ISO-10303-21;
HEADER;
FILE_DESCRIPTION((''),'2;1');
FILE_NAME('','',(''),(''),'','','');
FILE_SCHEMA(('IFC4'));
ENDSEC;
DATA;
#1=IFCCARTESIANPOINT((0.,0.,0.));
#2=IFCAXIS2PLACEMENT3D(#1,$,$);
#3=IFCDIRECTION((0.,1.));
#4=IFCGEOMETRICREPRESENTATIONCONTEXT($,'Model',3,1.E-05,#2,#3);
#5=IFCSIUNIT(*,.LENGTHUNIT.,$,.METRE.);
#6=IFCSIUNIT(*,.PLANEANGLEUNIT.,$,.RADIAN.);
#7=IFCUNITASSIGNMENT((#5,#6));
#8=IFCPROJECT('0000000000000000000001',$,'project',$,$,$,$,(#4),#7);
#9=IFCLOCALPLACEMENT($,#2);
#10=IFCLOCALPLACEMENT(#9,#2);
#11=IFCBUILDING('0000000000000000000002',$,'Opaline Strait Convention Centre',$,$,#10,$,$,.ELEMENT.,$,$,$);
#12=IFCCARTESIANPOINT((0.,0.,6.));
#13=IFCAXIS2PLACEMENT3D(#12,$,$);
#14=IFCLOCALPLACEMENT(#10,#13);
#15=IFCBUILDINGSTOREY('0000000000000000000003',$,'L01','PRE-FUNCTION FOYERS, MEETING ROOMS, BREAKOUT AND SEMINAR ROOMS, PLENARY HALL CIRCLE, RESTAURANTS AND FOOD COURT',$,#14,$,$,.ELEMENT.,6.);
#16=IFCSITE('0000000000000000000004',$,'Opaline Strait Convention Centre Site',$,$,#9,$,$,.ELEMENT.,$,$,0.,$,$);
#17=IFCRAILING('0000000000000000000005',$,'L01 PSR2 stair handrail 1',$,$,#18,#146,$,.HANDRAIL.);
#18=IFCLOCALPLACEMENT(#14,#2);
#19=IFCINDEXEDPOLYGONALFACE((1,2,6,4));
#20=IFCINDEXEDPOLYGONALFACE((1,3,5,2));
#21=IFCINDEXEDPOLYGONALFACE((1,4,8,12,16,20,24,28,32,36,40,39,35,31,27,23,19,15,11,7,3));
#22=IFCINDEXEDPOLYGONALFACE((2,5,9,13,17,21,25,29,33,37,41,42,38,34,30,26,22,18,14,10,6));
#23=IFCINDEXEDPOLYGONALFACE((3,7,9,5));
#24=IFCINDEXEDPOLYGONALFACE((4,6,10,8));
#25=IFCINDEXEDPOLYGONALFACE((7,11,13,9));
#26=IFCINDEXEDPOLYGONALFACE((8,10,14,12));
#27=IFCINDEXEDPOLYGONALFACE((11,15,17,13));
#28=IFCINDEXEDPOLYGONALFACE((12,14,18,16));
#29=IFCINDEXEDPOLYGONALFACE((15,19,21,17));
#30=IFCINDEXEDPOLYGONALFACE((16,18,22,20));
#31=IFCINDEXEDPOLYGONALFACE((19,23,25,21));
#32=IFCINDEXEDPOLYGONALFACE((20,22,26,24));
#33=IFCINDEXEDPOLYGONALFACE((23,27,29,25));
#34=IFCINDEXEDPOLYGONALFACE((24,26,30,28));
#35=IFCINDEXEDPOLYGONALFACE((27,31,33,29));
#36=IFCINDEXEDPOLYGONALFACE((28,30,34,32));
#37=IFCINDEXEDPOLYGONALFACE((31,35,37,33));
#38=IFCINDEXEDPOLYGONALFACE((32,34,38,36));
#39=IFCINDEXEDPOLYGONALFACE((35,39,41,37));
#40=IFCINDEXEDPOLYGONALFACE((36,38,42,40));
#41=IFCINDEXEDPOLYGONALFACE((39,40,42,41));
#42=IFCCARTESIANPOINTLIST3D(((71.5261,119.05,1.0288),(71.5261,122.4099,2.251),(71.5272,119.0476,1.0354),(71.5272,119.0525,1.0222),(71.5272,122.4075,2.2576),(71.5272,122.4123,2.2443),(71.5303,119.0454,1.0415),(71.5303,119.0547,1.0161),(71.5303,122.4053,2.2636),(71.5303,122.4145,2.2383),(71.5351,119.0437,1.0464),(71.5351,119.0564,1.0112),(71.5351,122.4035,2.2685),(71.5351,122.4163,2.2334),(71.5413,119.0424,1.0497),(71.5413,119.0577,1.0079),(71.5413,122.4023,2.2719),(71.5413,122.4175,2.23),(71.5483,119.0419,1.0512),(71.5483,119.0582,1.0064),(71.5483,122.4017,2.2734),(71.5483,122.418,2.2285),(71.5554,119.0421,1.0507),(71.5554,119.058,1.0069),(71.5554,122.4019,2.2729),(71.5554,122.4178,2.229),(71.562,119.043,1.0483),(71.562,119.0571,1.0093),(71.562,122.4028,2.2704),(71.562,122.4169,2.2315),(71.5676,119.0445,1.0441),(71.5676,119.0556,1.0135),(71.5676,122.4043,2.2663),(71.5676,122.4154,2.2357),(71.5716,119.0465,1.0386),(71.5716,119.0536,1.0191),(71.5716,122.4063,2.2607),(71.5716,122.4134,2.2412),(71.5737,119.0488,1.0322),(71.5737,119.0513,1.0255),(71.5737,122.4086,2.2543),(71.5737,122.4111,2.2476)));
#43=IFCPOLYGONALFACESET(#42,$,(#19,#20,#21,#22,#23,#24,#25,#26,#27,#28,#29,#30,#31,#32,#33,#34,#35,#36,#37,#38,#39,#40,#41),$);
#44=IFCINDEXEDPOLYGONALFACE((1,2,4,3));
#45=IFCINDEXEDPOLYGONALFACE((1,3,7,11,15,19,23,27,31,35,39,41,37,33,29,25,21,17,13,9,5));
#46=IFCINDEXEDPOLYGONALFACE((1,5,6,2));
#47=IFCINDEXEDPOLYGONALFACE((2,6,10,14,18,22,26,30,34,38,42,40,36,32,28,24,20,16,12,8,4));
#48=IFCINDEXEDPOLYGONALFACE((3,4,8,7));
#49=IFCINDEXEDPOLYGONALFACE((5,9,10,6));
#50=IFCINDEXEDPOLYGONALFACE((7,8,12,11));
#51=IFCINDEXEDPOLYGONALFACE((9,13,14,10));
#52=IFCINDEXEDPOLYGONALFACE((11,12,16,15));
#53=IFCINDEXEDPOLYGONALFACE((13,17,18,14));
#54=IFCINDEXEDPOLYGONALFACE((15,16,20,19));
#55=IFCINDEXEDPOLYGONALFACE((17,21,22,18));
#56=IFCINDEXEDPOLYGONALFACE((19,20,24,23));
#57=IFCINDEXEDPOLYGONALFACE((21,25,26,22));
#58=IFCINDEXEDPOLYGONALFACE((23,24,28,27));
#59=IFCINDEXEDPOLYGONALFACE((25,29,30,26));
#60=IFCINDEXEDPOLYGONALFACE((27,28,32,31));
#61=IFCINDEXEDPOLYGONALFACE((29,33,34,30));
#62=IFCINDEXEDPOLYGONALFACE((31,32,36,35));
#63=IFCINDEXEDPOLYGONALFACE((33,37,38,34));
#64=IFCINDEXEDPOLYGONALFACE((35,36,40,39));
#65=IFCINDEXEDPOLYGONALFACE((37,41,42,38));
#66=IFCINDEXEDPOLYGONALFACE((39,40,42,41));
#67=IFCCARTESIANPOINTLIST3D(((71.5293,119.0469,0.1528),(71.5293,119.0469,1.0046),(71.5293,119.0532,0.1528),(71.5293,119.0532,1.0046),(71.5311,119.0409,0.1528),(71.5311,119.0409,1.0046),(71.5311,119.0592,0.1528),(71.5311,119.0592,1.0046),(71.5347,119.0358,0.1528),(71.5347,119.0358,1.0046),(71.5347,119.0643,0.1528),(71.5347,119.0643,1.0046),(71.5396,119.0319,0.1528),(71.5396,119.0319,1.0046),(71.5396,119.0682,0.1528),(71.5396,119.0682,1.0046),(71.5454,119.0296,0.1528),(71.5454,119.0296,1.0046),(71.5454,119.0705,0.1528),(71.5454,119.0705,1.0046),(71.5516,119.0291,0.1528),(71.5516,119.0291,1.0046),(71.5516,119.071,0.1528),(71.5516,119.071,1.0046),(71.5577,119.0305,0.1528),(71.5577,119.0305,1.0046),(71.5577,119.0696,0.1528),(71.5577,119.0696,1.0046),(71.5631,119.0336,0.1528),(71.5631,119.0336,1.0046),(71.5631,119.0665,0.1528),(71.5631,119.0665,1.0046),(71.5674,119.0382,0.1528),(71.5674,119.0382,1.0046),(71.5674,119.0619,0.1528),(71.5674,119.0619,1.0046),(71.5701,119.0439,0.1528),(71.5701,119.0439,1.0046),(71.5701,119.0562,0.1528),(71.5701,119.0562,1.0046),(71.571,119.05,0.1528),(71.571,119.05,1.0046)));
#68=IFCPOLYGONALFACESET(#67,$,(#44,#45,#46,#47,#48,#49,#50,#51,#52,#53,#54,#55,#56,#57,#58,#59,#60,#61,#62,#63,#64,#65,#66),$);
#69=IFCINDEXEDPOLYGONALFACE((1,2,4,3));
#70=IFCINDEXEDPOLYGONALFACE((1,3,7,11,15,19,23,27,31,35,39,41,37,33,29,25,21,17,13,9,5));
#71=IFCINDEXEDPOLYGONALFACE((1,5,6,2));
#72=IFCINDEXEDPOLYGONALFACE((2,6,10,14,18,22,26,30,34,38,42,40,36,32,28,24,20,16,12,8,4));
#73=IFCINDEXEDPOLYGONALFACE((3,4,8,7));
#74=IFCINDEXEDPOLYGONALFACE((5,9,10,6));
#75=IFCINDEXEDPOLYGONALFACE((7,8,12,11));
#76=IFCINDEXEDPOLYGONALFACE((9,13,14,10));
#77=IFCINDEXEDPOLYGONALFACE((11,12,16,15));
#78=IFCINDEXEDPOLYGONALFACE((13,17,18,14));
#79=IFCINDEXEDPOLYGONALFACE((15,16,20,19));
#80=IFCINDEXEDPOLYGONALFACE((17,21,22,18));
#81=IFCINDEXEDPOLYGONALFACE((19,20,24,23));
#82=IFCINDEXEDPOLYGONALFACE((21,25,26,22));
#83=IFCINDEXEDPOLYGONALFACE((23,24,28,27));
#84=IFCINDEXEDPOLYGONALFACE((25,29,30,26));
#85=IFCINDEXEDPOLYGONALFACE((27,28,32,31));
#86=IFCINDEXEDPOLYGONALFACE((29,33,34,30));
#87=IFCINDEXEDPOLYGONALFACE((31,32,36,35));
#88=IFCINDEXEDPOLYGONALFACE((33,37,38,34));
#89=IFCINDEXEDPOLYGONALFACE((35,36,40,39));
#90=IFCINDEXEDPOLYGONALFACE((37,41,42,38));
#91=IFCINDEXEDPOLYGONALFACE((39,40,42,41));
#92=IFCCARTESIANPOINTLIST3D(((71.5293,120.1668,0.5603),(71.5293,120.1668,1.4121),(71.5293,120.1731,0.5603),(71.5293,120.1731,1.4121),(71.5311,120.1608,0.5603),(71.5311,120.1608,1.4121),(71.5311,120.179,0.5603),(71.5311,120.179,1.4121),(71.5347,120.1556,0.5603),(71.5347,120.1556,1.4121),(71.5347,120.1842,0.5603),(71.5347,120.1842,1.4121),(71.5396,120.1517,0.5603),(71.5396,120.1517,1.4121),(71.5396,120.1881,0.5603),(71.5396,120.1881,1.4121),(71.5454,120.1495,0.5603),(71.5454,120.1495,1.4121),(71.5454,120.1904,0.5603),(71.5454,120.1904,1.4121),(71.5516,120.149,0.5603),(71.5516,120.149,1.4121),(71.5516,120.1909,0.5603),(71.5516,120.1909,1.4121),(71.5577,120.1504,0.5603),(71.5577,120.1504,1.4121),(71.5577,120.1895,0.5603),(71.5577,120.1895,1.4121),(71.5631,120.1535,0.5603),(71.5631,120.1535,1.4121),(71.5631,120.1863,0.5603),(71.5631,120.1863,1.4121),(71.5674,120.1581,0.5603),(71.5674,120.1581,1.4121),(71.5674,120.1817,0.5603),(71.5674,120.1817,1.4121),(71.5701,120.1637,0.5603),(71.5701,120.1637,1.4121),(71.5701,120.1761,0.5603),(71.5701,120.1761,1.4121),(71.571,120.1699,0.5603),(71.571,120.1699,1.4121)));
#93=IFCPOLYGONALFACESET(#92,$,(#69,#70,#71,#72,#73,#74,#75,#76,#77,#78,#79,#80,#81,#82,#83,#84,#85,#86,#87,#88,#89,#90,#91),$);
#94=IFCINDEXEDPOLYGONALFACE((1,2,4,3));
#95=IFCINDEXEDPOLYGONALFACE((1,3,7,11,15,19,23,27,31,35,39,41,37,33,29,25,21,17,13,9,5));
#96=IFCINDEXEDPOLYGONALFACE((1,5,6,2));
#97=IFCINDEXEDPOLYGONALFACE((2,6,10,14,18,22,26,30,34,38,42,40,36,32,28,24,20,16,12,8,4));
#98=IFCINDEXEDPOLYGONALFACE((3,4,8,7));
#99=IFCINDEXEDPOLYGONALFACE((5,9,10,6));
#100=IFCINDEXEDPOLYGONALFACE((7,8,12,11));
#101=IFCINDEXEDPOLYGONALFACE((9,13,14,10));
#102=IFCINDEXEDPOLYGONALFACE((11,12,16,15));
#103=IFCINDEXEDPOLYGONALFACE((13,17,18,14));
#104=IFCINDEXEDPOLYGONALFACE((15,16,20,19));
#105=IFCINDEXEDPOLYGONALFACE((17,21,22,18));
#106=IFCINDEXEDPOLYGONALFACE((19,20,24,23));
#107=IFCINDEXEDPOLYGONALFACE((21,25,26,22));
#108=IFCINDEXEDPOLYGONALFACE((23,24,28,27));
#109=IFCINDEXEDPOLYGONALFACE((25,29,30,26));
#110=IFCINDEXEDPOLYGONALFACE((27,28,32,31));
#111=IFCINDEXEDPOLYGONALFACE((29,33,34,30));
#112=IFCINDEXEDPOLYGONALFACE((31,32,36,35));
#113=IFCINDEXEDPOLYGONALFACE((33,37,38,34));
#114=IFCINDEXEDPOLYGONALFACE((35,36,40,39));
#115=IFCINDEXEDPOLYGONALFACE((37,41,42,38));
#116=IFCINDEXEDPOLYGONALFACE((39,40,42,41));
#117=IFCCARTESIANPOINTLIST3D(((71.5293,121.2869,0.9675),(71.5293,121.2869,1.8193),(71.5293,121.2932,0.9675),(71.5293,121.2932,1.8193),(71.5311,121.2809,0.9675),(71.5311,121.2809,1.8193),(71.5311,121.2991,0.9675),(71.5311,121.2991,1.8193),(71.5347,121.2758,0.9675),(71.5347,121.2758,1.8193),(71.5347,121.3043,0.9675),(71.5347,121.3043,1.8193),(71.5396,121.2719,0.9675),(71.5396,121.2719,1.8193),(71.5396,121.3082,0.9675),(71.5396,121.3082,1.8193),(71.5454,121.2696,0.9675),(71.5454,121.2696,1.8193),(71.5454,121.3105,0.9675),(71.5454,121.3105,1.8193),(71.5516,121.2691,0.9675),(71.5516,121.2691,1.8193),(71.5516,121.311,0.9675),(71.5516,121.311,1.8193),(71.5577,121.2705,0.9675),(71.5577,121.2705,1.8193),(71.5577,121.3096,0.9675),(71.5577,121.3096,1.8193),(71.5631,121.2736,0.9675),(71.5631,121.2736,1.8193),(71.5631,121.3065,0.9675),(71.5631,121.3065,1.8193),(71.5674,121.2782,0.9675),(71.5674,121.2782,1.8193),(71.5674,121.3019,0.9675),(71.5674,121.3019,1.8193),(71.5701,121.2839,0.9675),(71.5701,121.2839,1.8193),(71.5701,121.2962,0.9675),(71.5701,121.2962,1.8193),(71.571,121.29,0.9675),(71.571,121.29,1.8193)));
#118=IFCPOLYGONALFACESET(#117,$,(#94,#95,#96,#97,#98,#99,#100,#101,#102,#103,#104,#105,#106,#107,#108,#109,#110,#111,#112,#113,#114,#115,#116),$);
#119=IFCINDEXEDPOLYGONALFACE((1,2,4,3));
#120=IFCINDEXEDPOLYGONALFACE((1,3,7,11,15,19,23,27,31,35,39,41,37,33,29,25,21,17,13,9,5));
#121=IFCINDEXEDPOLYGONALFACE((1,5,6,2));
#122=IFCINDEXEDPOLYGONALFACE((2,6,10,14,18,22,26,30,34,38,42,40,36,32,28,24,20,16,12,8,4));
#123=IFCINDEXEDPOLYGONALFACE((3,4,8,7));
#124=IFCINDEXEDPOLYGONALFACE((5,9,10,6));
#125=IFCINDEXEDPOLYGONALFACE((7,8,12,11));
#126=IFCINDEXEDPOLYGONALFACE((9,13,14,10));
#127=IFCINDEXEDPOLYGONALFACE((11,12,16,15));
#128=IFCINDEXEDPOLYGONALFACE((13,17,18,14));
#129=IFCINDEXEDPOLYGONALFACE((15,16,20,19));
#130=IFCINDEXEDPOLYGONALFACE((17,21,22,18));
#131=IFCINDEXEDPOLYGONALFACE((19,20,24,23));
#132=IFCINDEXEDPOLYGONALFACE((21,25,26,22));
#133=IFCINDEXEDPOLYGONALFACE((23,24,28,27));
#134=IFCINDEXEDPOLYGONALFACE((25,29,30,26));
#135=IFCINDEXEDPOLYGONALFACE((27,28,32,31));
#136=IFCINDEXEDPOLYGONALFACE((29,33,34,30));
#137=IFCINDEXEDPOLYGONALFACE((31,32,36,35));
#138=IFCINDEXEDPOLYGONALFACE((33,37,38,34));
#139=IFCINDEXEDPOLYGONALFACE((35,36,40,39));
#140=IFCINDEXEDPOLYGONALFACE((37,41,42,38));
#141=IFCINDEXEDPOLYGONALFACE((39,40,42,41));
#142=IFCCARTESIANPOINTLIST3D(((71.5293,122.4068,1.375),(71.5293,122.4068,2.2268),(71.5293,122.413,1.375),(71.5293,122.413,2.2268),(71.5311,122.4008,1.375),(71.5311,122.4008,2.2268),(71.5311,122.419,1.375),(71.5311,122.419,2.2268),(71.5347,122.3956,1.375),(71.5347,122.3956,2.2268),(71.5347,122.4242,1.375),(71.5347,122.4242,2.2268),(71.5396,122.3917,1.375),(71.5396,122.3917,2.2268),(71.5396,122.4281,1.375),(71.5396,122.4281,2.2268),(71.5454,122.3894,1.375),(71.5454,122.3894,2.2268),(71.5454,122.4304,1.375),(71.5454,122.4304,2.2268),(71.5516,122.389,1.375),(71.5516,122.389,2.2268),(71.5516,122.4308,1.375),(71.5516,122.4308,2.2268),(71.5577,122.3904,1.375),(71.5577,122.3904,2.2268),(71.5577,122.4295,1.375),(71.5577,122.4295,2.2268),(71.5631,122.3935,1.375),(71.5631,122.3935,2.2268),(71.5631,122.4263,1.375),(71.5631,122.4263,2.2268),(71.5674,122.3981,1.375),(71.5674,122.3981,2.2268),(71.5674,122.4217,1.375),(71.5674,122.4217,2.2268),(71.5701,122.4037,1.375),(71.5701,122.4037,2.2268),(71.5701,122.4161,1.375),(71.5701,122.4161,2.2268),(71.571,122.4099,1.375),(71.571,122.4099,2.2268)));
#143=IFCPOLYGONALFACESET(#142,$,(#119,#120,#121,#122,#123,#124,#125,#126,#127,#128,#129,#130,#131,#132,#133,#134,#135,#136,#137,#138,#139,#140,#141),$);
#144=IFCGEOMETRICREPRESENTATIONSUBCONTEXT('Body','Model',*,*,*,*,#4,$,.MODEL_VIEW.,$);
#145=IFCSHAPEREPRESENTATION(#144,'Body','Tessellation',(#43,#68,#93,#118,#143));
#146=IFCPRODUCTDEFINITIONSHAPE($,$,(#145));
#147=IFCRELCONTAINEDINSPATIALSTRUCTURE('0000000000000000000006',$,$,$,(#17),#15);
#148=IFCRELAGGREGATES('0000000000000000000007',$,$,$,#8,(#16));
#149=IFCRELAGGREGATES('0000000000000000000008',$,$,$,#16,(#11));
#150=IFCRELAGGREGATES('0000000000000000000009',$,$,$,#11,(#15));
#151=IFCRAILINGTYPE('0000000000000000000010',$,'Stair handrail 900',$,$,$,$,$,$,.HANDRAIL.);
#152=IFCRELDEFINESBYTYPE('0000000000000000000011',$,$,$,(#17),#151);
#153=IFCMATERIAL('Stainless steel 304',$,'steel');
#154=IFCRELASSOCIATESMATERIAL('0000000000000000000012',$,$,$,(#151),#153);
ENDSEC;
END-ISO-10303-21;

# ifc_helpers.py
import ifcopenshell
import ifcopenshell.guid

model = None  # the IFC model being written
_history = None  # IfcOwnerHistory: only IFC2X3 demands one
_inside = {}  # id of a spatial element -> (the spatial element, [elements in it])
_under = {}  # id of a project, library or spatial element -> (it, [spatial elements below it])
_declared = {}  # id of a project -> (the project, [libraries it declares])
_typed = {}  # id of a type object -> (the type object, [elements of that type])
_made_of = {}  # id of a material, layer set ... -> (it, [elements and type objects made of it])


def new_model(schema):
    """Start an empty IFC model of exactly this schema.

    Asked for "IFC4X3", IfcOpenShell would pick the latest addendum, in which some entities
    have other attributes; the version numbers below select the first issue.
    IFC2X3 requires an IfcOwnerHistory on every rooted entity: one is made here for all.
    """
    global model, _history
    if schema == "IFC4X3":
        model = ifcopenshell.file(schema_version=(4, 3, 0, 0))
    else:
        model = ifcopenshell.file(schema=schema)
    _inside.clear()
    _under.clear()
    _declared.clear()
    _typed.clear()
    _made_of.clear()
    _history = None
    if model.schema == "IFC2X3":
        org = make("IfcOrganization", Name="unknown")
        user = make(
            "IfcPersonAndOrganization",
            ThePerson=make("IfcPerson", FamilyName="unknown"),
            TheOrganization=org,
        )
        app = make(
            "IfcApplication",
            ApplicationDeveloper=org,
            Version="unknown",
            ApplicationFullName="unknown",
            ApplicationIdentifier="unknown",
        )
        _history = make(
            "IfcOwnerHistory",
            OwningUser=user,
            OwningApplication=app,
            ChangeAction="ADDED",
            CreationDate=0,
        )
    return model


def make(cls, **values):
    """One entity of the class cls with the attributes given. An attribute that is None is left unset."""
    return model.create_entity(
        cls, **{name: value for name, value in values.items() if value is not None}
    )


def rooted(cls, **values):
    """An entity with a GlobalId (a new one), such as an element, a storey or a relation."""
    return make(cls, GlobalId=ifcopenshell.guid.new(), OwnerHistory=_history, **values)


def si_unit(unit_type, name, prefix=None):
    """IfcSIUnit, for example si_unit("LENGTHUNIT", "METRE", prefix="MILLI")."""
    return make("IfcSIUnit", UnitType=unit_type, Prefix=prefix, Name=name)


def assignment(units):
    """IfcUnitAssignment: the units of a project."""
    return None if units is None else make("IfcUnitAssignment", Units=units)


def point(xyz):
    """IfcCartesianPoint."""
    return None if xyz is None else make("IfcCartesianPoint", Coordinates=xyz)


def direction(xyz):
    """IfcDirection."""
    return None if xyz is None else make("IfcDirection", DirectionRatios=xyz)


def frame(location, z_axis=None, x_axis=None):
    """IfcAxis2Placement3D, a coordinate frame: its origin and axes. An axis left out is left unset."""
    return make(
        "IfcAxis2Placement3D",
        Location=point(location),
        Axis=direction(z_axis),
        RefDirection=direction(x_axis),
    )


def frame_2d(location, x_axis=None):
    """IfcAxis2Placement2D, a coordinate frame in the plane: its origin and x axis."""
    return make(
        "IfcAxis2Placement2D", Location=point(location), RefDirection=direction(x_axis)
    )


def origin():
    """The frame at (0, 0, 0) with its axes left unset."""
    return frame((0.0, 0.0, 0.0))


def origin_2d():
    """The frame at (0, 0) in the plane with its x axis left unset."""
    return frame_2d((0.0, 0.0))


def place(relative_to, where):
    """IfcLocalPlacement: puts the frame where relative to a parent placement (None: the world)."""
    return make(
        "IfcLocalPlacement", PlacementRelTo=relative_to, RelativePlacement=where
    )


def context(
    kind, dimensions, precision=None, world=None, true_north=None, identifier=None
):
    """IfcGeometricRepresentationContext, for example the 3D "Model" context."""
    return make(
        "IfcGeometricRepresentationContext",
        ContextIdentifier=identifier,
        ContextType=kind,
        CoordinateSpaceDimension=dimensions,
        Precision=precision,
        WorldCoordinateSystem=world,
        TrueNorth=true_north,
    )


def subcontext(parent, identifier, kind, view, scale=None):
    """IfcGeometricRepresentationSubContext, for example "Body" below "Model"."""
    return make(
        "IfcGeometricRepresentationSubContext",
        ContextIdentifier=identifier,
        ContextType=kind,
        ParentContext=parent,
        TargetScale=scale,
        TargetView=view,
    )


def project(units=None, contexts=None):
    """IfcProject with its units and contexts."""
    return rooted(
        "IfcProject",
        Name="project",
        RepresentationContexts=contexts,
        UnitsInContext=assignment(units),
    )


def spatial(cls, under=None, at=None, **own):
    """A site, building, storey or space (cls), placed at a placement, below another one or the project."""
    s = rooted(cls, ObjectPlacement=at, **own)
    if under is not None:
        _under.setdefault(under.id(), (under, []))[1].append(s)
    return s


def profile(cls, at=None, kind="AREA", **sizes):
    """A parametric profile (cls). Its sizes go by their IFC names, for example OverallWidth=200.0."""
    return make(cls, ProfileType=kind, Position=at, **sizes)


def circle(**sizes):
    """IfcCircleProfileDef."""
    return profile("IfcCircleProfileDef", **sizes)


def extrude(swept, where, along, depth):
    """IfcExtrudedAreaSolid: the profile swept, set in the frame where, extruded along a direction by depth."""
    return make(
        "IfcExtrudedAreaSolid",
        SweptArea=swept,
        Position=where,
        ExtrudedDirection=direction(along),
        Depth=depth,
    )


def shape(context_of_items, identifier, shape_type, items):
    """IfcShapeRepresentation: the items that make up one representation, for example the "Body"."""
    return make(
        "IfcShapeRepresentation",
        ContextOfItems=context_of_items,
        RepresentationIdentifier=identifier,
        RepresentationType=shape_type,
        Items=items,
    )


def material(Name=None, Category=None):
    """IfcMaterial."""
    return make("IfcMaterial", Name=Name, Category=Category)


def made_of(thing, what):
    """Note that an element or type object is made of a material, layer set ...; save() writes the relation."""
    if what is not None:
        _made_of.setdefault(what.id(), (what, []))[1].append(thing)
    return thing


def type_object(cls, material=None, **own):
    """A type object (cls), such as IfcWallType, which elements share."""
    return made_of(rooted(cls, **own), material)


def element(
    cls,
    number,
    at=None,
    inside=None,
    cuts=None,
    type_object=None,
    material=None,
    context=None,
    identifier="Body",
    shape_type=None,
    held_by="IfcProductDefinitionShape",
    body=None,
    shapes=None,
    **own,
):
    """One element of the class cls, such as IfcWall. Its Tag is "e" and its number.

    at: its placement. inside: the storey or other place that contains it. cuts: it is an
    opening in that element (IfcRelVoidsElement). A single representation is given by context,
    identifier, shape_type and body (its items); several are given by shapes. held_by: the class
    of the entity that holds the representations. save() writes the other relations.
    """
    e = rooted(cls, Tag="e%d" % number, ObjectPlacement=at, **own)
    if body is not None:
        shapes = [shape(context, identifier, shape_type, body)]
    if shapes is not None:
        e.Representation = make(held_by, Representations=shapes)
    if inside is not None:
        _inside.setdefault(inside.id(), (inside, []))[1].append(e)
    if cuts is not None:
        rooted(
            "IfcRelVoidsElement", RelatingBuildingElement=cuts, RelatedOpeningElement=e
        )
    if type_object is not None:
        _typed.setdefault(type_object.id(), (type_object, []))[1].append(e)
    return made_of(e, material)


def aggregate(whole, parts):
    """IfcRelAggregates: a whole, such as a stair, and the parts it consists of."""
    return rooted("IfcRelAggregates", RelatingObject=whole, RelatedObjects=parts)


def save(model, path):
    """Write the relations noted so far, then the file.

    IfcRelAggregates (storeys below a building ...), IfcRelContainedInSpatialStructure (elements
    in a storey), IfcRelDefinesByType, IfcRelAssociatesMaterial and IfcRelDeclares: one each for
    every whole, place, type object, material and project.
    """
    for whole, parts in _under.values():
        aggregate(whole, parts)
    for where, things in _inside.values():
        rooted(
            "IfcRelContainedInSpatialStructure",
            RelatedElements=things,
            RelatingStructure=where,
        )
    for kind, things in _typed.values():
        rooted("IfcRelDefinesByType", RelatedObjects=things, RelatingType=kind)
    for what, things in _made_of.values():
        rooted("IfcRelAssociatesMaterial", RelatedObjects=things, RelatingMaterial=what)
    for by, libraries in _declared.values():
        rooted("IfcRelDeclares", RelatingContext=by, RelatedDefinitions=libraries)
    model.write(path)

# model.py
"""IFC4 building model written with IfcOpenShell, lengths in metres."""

from ifc_helpers import new_model, si_unit, direction, frame, origin, origin_2d, place, context, subcontext, project, spatial, circle, extrude, material, type_object, element, save


model = new_model("IFC4")

# Units and contexts
model_context = context("Model", 3, precision=1e-05, world=origin(), true_north=direction((0.0, 1.0)))
body_context = subcontext(model_context, "Body", "Model", "MODEL_VIEW")
ifc_project = project(units=[si_unit("LENGTHUNIT", "METRE"), si_unit("PLANEANGLEUNIT", "RADIAN")], contexts=[model_context])

# Site, building, storey
site_placement = place(None, origin())
site = spatial("IfcSite", under=ifc_project, at=site_placement, Name="Opaline Strait Convention Centre Site", CompositionType="ELEMENT", RefElevation=0.0)
building_placement = place(site_placement, origin())
building = spatial("IfcBuilding", under=site, at=building_placement, Name="Opaline Strait Convention Centre", CompositionType="ELEMENT")
storey_placement = place(building_placement, frame((0.0, 0.0, 6.0)))
storey = spatial("IfcBuildingStorey", under=building, at=storey_placement, Name="L01", Description="PRE-FUNCTION FOYERS, MEETING ROOMS, BREAKOUT AND SEMINAR ROOMS, PLENARY HALL CIRCLE, RESTAURANTS AND FOOD COURT", CompositionType="ELEMENT", Elevation=6.0)

# Railing
ifc_material_1 = material(Name="Stainless steel 304", Category="steel")
railing_type_1 = type_object("IfcRailingType", Name="Stair handrail 900", PredefinedType="HANDRAIL", material=ifc_material_1)
for number, where, name in (
    (1, (71.55, 119.05, 0.1528), "L01 PSR2 stair handrail 1"),
):
    element("IfcRailing", number, at=place(storey_placement, frame(where)), inside=storey, type_object=railing_type_1, Name=name, PredefinedType="HANDRAIL", context=body_context, shape_type="SweptSolid", body=[
        extrude(circle(Radius=0.0239, at=origin_2d()), frame((0.0, 0.0, 0.876), z_axis=(0.0, 0.939758, 0.341842), x_axis=(-1.0, 0.0, 0.0)), (0.0, 0.0, 1.0), 3.5752),
        extrude(circle(Radius=0.021, at=origin_2d()), origin(), (0.0, 0.0, 1.0), 0.8518),
        extrude(circle(Radius=0.021, at=origin_2d()), frame((0.0, 1.1199, 0.4075)), (0.0, 0.0, 1.0), 0.8518),
        extrude(circle(Radius=0.021, at=origin_2d()), frame((0.0, 2.24, 0.8147)), (0.0, 0.0, 1.0), 0.8518),
        extrude(circle(Radius=0.021, at=origin_2d()), frame((0.0, 3.3599, 1.2222)), (0.0, 0.0, 1.0), 0.8518),
    ])

save(model, "model.ifc")
